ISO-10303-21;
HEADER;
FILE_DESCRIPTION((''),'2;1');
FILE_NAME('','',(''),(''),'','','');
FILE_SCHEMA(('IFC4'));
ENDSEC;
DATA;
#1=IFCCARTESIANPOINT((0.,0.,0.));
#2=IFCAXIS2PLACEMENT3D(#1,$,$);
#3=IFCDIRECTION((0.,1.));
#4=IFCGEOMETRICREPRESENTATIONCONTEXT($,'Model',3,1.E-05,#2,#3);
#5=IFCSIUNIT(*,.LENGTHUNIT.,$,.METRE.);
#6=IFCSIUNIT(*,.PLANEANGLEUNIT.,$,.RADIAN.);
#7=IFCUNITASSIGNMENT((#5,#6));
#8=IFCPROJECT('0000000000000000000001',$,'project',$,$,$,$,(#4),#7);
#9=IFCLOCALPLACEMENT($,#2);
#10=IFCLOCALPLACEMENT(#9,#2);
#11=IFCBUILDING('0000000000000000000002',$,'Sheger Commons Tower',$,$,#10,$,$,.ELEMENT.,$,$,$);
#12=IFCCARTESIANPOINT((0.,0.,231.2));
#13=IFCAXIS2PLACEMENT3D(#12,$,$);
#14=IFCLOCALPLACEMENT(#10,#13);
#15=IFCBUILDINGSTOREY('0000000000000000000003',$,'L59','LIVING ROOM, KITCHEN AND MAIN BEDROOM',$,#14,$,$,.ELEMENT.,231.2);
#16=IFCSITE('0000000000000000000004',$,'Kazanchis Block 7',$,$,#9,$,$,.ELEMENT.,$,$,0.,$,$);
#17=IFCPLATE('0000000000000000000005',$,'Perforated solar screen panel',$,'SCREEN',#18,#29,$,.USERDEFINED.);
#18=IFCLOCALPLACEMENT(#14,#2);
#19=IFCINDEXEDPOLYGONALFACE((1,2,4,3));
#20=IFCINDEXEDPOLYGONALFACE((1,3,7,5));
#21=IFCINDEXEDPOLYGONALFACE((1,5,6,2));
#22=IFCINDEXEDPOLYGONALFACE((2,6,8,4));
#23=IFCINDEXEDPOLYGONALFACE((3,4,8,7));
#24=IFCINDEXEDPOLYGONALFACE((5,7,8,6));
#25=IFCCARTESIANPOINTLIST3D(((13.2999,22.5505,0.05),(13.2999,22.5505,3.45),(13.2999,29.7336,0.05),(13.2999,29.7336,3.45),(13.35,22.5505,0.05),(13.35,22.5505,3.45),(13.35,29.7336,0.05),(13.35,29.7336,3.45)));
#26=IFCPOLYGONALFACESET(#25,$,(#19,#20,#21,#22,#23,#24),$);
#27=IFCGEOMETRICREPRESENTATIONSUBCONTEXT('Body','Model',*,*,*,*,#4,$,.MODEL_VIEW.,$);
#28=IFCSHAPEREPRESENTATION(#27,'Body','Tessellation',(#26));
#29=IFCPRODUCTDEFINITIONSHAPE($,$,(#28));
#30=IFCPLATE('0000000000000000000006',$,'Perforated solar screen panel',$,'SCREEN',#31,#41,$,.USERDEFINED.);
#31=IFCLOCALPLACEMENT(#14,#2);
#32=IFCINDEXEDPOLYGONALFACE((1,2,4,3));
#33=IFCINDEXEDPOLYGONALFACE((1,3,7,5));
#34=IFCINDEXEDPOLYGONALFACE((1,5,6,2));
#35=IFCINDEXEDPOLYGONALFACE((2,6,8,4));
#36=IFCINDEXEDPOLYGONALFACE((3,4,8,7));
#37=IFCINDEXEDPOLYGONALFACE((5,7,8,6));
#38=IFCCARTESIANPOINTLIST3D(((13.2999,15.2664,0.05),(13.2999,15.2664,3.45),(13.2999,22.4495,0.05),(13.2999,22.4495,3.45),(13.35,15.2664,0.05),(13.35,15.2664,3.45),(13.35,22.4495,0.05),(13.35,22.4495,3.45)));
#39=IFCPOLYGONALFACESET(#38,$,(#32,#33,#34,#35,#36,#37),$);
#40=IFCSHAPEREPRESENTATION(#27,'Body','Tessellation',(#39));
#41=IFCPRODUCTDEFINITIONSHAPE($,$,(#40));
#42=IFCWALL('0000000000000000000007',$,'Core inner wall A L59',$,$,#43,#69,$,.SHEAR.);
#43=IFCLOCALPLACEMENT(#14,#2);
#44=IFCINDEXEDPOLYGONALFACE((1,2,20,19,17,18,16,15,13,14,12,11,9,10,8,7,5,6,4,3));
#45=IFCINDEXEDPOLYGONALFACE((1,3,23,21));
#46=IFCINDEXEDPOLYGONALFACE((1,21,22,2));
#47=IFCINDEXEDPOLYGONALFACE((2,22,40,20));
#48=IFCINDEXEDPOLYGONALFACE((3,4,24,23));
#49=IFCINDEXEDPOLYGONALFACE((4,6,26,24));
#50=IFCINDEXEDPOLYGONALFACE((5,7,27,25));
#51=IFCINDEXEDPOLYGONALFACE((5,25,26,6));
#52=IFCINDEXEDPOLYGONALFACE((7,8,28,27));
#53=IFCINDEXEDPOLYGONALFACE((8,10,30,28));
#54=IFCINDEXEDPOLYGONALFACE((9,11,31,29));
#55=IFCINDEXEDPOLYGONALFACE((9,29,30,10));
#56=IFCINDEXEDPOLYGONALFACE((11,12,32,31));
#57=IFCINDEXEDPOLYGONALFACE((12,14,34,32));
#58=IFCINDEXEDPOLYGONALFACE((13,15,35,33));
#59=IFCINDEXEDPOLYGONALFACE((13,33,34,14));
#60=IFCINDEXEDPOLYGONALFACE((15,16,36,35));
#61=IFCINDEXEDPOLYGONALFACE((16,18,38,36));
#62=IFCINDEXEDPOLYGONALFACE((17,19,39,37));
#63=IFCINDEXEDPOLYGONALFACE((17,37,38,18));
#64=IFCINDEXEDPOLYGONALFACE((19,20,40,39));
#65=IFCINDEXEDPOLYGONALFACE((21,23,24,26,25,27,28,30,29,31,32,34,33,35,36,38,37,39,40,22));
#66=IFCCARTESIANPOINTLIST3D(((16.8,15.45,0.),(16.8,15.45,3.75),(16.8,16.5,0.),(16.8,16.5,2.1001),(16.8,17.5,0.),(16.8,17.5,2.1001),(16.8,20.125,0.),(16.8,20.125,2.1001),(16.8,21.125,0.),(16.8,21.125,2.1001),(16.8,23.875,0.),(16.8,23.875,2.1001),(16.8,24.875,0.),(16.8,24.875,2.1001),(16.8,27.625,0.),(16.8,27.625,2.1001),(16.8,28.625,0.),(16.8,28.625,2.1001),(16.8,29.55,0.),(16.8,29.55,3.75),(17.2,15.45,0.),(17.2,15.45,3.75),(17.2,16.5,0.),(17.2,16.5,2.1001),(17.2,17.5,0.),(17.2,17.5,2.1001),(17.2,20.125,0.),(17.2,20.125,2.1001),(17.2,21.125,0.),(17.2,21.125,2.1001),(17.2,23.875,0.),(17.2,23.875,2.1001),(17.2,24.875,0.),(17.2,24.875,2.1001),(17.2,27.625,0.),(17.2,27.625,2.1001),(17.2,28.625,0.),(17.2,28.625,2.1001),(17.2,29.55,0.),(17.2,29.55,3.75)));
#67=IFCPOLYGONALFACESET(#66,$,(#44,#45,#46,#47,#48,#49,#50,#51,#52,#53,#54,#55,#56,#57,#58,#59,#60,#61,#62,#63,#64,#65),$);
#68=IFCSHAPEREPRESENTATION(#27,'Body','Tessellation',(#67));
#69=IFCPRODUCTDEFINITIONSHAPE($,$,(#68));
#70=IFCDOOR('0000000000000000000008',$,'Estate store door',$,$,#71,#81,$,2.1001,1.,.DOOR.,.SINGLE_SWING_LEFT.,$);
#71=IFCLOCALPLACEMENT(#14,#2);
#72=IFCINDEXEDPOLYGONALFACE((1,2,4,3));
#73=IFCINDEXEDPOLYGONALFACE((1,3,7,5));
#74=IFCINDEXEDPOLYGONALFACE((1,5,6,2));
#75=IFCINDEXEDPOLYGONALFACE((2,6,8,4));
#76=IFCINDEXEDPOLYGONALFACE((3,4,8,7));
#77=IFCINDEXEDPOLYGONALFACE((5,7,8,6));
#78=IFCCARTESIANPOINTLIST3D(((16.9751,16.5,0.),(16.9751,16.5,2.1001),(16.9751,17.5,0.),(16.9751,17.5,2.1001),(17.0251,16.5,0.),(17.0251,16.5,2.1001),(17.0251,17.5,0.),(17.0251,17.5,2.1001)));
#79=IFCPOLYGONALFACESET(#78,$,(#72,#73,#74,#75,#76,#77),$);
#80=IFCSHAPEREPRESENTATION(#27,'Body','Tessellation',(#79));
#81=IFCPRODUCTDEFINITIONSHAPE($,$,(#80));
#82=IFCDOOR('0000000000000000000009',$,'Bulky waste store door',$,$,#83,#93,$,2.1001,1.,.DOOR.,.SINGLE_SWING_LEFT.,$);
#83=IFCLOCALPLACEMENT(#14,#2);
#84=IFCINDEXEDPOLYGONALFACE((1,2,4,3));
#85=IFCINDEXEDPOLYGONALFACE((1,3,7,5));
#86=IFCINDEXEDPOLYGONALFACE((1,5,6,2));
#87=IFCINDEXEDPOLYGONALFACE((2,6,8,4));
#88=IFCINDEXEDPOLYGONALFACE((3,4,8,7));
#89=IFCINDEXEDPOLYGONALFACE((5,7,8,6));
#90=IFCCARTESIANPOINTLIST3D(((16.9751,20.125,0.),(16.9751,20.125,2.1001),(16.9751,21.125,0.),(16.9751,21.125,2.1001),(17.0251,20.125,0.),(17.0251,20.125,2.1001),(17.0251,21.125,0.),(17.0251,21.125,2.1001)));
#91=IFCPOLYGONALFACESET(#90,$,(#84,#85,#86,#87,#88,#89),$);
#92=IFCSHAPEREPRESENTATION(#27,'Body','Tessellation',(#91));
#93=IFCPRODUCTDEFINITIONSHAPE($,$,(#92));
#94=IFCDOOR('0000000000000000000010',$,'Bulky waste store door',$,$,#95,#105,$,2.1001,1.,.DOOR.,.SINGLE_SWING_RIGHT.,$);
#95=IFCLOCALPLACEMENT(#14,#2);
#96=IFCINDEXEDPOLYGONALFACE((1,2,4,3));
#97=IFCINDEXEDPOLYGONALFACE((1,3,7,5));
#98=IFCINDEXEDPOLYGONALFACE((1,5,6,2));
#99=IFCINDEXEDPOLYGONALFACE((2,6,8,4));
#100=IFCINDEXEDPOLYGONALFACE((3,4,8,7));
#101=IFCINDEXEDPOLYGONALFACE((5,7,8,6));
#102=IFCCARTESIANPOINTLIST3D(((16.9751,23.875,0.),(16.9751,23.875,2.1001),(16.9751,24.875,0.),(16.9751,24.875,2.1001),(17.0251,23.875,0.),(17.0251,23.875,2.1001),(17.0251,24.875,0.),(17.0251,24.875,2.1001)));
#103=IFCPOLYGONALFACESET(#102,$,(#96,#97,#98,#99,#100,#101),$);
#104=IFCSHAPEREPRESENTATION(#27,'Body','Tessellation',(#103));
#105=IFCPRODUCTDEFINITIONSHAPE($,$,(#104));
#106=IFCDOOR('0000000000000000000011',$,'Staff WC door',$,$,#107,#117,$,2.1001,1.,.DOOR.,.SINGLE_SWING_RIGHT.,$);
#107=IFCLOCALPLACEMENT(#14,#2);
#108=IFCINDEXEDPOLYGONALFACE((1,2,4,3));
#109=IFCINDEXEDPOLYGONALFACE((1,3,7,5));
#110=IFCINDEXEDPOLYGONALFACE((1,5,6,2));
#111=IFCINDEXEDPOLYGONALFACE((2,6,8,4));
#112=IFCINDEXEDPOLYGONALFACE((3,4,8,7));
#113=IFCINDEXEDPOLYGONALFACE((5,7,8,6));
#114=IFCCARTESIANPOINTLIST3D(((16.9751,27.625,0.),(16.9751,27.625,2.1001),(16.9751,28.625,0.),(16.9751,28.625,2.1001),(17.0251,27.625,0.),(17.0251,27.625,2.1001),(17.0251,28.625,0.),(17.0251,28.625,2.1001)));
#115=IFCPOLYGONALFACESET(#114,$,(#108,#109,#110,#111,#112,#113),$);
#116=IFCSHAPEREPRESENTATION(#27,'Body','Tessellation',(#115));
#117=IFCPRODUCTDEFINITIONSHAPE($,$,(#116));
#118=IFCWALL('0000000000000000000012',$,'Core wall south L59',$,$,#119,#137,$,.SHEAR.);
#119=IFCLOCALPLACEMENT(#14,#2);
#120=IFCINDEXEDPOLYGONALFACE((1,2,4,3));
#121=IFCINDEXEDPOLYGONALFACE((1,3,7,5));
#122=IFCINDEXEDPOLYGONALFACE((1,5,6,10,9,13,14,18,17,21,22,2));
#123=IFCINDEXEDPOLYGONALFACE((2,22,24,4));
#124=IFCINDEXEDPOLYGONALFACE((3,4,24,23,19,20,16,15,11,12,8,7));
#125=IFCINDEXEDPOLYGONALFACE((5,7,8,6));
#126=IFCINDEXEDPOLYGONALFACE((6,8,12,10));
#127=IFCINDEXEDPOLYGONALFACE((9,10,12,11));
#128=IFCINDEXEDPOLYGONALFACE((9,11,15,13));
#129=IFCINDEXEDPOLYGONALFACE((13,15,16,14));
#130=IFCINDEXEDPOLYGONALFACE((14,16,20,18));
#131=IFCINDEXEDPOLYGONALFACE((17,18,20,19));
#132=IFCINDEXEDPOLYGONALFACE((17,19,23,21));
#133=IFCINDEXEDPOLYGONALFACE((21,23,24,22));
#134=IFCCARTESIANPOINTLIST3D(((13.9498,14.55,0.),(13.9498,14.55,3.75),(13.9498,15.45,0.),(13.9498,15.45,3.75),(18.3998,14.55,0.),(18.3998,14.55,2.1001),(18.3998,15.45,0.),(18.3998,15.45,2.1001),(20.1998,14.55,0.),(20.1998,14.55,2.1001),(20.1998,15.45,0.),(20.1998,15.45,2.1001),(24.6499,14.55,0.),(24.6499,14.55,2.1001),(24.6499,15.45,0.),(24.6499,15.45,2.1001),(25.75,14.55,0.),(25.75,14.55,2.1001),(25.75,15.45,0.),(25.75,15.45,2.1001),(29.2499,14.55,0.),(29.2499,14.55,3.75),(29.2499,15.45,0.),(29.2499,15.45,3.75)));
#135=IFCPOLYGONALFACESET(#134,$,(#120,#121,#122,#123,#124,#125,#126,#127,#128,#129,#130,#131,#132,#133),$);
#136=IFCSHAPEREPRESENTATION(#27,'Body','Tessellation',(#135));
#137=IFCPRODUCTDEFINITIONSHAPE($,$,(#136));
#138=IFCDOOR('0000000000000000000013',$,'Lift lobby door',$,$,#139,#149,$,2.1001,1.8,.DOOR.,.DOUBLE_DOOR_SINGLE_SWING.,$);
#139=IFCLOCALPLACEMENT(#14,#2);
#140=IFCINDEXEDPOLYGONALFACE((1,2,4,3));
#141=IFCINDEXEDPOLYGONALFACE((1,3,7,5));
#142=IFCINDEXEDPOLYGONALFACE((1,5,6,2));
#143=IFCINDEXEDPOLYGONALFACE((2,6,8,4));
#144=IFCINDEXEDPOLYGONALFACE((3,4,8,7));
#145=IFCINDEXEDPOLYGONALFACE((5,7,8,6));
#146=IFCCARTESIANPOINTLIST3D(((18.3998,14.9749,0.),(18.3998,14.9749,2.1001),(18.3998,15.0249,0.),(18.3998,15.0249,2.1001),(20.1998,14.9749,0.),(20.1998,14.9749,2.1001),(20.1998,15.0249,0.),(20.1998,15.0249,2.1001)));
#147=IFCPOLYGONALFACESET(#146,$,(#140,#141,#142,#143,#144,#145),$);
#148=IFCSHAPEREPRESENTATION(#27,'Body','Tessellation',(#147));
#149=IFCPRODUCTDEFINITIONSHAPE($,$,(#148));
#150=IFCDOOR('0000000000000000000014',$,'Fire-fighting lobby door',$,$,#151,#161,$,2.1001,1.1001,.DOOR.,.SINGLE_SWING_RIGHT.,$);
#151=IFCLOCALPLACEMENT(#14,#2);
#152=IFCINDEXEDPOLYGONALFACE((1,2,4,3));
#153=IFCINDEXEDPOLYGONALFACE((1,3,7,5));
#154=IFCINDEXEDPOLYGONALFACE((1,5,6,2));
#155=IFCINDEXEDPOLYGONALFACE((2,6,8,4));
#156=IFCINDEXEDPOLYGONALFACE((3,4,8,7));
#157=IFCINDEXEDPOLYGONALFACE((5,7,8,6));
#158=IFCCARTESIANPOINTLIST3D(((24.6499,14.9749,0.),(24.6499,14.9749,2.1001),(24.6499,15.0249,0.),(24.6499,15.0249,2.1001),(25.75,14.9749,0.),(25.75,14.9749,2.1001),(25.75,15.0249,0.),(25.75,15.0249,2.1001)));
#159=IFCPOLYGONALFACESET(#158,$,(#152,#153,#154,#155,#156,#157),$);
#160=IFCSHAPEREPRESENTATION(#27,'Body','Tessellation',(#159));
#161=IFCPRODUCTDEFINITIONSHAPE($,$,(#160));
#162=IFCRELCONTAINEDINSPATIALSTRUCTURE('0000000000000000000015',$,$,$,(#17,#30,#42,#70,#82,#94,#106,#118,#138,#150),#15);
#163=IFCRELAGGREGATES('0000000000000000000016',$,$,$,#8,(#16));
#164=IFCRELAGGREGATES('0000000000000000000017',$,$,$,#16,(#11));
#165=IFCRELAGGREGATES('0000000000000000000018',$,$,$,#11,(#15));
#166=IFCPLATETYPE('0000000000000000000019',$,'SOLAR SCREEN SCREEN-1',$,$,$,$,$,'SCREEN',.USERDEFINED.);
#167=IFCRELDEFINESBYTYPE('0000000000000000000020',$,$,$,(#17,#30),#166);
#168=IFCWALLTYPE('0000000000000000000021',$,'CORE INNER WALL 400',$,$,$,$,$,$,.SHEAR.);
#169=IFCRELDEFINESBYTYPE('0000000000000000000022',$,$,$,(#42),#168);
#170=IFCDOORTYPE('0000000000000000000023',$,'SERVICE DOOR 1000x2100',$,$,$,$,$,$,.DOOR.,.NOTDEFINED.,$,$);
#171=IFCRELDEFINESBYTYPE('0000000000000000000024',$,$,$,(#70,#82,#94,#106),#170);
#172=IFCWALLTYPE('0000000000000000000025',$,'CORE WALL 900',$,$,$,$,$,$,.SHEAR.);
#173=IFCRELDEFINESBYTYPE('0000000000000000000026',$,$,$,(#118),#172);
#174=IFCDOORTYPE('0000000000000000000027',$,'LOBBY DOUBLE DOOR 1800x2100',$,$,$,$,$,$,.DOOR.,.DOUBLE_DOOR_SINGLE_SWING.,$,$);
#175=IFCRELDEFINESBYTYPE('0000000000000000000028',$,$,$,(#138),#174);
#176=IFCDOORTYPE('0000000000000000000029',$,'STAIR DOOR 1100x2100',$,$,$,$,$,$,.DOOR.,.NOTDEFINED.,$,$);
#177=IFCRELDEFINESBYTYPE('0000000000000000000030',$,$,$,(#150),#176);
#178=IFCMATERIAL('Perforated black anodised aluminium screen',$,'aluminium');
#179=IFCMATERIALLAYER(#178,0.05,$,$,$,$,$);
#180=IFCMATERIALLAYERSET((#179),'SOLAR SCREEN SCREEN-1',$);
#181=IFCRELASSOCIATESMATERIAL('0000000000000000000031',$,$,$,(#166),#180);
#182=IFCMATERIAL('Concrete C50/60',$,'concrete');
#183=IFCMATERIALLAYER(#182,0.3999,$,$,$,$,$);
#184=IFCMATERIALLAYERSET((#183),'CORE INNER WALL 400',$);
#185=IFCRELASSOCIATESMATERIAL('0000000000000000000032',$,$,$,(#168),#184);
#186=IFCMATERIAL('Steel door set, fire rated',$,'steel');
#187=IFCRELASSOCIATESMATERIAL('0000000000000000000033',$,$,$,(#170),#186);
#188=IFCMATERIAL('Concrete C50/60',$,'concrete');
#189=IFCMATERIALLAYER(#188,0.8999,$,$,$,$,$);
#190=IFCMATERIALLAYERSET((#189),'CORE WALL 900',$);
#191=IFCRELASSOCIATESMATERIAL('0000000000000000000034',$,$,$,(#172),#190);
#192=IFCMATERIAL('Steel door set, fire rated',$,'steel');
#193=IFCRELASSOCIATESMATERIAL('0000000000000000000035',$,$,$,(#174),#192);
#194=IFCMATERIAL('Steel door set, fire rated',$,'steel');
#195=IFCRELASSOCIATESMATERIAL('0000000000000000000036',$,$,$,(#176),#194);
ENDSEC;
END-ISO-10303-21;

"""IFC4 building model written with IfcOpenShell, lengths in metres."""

from ifc_helpers import new_model, si_unit, direction, frame, frame_2d, origin, origin_2d, place, context, subcontext, project, spatial, rectangle, extrude, material, layer, layer_set, type_object, element, fill, save


model = new_model("IFC4")

# Units and contexts
model_context = context("Model", 3, precision=1e-05, world=origin(), true_north=direction((0.0, 1.0)))
body_context = subcontext(model_context, "Body", "Model", "MODEL_VIEW")
ifc_project = project(units=[si_unit("LENGTHUNIT", "METRE"), si_unit("PLANEANGLEUNIT", "RADIAN")], contexts=[model_context])

# Site, building, storey
site_placement = place(None, origin())
site = spatial("IfcSite", under=ifc_project, at=site_placement, Name="Kazanchis Block 7", CompositionType="ELEMENT", RefElevation=0.0)
building_placement = place(site_placement, origin())
building = spatial("IfcBuilding", under=site, at=building_placement, Name="Sheger Commons Tower", CompositionType="ELEMENT")
storey_placement = place(building_placement, frame((0.0, 0.0, 231.2)))
storey = spatial("IfcBuildingStorey", under=building, at=storey_placement, Name="L59", Description="LIVING ROOM, KITCHEN AND MAIN BEDROOM", CompositionType="ELEMENT", Elevation=231.2)

# Plates
ifc_material_1 = material(Name="Perforated black anodised aluminium screen", Category="aluminium")
ifc_layer_1 = layer(ifc_material_1, 0.05)
ifc_layer_set_1 = layer_set([ifc_layer_1], Name="SOLAR SCREEN SCREEN-1")
plate_type = type_object("IfcPlateType", Name="SOLAR SCREEN SCREEN-1", ElementType="SCREEN", PredefinedType="USERDEFINED", material=ifc_layer_set_1)
for number, where, z_axis, x_axis, name in (
    (1, (13.325, 26.1421, 0.05), (0.0, 0.0, 1.0), (0.0, -1.0, 0.0), "Perforated solar screen panel"),
    (2, (13.325, 18.8579, 0.05), (0.0, 0.0, 1.0), (0.0, -1.0, 0.0), "Perforated solar screen panel"),
):
    element("IfcPlate", number, at=place(storey_placement, frame(where, z_axis=z_axis, x_axis=x_axis)), inside=storey, type_object=plate_type, Name=name, ObjectType="SCREEN", PredefinedType="USERDEFINED", context=body_context, shape_type="SweptSolid", body=[
        extrude(rectangle(XDim=7.1831, YDim=0.05, at=origin_2d()), origin(), (0.0, 0.0, 1.0), 3.3999),
    ])

# Walls, openings, doors
ifc_material_2 = material(Name="Concrete C50/60", Category="concrete")
ifc_layer_2 = layer(ifc_material_2, 0.3999)
ifc_layer_set_2 = layer_set([ifc_layer_2], Name="CORE INNER WALL 400")
wall_type_1 = type_object("IfcWallType", Name="CORE INNER WALL 400", PredefinedType="SHEAR", material=ifc_layer_set_2)
wall_1_placement = place(storey_placement, frame((17.0, 15.45, 0.0), z_axis=(0.0, 0.0, 1.0), x_axis=(0.0, 1.0, 0.0)))
wall_1 = element("IfcWall", 3, at=wall_1_placement, inside=storey, type_object=wall_type_1, Name="Core inner wall A L59", PredefinedType="SHEAR", context=body_context, shape_type="SweptSolid", body=[
    extrude(rectangle(XDim=14.1001, YDim=0.3999, at=frame_2d((7.05, 0.0))), origin(), (0.0, 0.0, 1.0), 3.75),
])
opening_1_placement = place(wall_1_placement, frame((1.05, 0.0, 0.0)))
opening_1 = element("IfcOpeningElement", 4, at=opening_1_placement, cuts=wall_1, PredefinedType="OPENING", context=body_context, shape_type="SweptSolid", body=[
    extrude(rectangle(XDim=1.0, YDim=2.1001, at=frame_2d((0.5, 1.05))), frame((0.0, 0.21, 0.0), z_axis=(0.0, -1.0, 0.0), x_axis=(1.0, 0.0, 0.0)), (0.0, 0.0, 1.0), 0.4199),
])
opening_2_placement = place(wall_1_placement, frame((4.675, 0.0, 0.0)))
opening_2 = element("IfcOpeningElement", 5, at=opening_2_placement, cuts=wall_1, PredefinedType="OPENING", context=body_context, shape_type="SweptSolid", body=[
    extrude(rectangle(XDim=1.0, YDim=2.1001, at=frame_2d((0.5, 1.05))), frame((0.0, 0.21, 0.0), z_axis=(0.0, -1.0, 0.0), x_axis=(1.0, 0.0, 0.0)), (0.0, 0.0, 1.0), 0.4199),
])
opening_3_placement = place(wall_1_placement, frame((8.425, 0.0, 0.0)))
opening_3 = element("IfcOpeningElement", 6, at=opening_3_placement, cuts=wall_1, PredefinedType="OPENING", context=body_context, shape_type="SweptSolid", body=[
    extrude(rectangle(XDim=1.0, YDim=2.1001, at=frame_2d((0.5, 1.05))), frame((0.0, 0.21, 0.0), z_axis=(0.0, -1.0, 0.0), x_axis=(1.0, 0.0, 0.0)), (0.0, 0.0, 1.0), 0.4199),
])
opening_4_placement = place(wall_1_placement, frame((12.175, 0.0, 0.0)))
opening_4 = element("IfcOpeningElement", 7, at=opening_4_placement, cuts=wall_1, PredefinedType="OPENING", context=body_context, shape_type="SweptSolid", body=[
    extrude(rectangle(XDim=1.0, YDim=2.1001, at=frame_2d((0.5, 1.05))), frame((0.0, 0.21, 0.0), z_axis=(0.0, -1.0, 0.0), x_axis=(1.0, 0.0, 0.0)), (0.0, 0.0, 1.0), 0.4199),
])
ifc_material_3 = material(Name="Steel door set, fire rated", Category="steel")
door_type_1 = type_object("IfcDoorType", Name="SERVICE DOOR 1000x2100", OperationType="NOTDEFINED", PredefinedType="DOOR", material=ifc_material_3)
door_1_placement = place(opening_1_placement, origin())
door_1 = element("IfcDoor", 8, at=door_1_placement, inside=storey, type_object=door_type_1, Name="Estate store door", OperationType="SINGLE_SWING_LEFT", OverallHeight=2.1001, OverallWidth=1.0, PredefinedType="DOOR", context=body_context, shape_type="SweptSolid", body=[
    extrude(rectangle(XDim=1.0, YDim=2.1001, at=frame_2d((0.5, 1.05))), frame((0.0, 0.0249, 0.0), z_axis=(0.0, -1.0, 0.0), x_axis=(1.0, 0.0, 0.0)), (0.0, 0.0, 1.0), 0.05),
])
fill(opening_1, door_1)
door_2_placement = place(opening_2_placement, origin())
door_2 = element("IfcDoor", 9, at=door_2_placement, inside=storey, type_object=door_type_1, Name="Bulky waste store door", OperationType="SINGLE_SWING_LEFT", OverallHeight=2.1001, OverallWidth=1.0, PredefinedType="DOOR", context=body_context, shape_type="SweptSolid", body=[
    extrude(rectangle(XDim=1.0, YDim=2.1001, at=frame_2d((0.5, 1.05))), frame((0.0, 0.0249, 0.0), z_axis=(0.0, -1.0, 0.0), x_axis=(1.0, 0.0, 0.0)), (0.0, 0.0, 1.0), 0.05),
])
fill(opening_2, door_2)
door_3_placement = place(opening_3_placement, origin())
door_3 = element("IfcDoor", 10, at=door_3_placement, inside=storey, type_object=door_type_1, Name="Bulky waste store door", OperationType="SINGLE_SWING_RIGHT", OverallHeight=2.1001, OverallWidth=1.0, PredefinedType="DOOR", context=body_context, shape_type="SweptSolid", body=[
    extrude(rectangle(XDim=1.0, YDim=2.1001, at=frame_2d((0.5, 1.05))), frame((0.0, 0.0249, 0.0), z_axis=(0.0, -1.0, 0.0), x_axis=(1.0, 0.0, 0.0)), (0.0, 0.0, 1.0), 0.05),
])
fill(opening_3, door_3)
door_4_placement = place(opening_4_placement, origin())
door_4 = element("IfcDoor", 11, at=door_4_placement, inside=storey, type_object=door_type_1, Name="Staff WC door", OperationType="SINGLE_SWING_RIGHT", OverallHeight=2.1001, OverallWidth=1.0, PredefinedType="DOOR", context=body_context, shape_type="SweptSolid", body=[
    extrude(rectangle(XDim=1.0, YDim=2.1001, at=frame_2d((0.5, 1.05))), frame((0.0, 0.0249, 0.0), z_axis=(0.0, -1.0, 0.0), x_axis=(1.0, 0.0, 0.0)), (0.0, 0.0, 1.0), 0.05),
])
fill(opening_4, door_4)
ifc_material_4 = material(Name="Concrete C50/60", Category="concrete")
ifc_layer_3 = layer(ifc_material_4, 0.8999)
ifc_layer_set_3 = layer_set([ifc_layer_3], Name="CORE WALL 900")
wall_type_2 = type_object("IfcWallType", Name="CORE WALL 900", PredefinedType="SHEAR", material=ifc_layer_set_3)
wall_2_placement = place(storey_placement, frame((13.95, 15.0, 0.0), z_axis=(0.0, 0.0, 1.0), x_axis=(1.0, 0.0, 0.0)))
wall_2 = element("IfcWall", 12, at=wall_2_placement, inside=storey, type_object=wall_type_2, Name="Core wall south L59", PredefinedType="SHEAR", context=body_context, shape_type="SweptSolid", body=[
    extrude(rectangle(XDim=15.3, YDim=0.8999, at=frame_2d((7.6499, 0.0))), origin(), (0.0, 0.0, 1.0), 3.75),
])
opening_5_placement = place(wall_2_placement, frame((4.45, 0.0, 0.0)))
opening_5 = element("IfcOpeningElement", 13, at=opening_5_placement, cuts=wall_2, PredefinedType="OPENING", context=body_context, shape_type="SweptSolid", body=[
    extrude(rectangle(XDim=1.8, YDim=2.1001, at=frame_2d((0.8999, 1.05))), frame((0.0, 0.46, 0.0), z_axis=(0.0, -1.0, 0.0), x_axis=(1.0, 0.0, 0.0)), (0.0, 0.0, 1.0), 0.9199),
])
opening_6_placement = place(wall_2_placement, frame((10.7, 0.0, 0.0)))
opening_6 = element("IfcOpeningElement", 14, at=opening_6_placement, cuts=wall_2, PredefinedType="OPENING", context=body_context, shape_type="SweptSolid", body=[
    extrude(rectangle(XDim=1.1001, YDim=2.1001, at=frame_2d((0.55, 1.05))), frame((0.0, 0.46, 0.0), z_axis=(0.0, -1.0, 0.0), x_axis=(1.0, 0.0, 0.0)), (0.0, 0.0, 1.0), 0.9199),
])
ifc_material_5 = material(Name="Steel door set, fire rated", Category="steel")
door_type_2 = type_object("IfcDoorType", Name="LOBBY DOUBLE DOOR 1800x2100", OperationType="DOUBLE_DOOR_SINGLE_SWING", PredefinedType="DOOR", material=ifc_material_5)
door_5_placement = place(opening_5_placement, origin())
door_5 = element("IfcDoor", 15, at=door_5_placement, inside=storey, type_object=door_type_2, Name="Lift lobby door", OperationType="DOUBLE_DOOR_SINGLE_SWING", OverallHeight=2.1001, OverallWidth=1.8, PredefinedType="DOOR", context=body_context, shape_type="SweptSolid", body=[
    extrude(rectangle(XDim=1.8, YDim=2.1001, at=frame_2d((0.8999, 1.05))), frame((0.0, 0.0249, 0.0), z_axis=(0.0, -1.0, 0.0), x_axis=(1.0, 0.0, 0.0)), (0.0, 0.0, 1.0), 0.05),
])
fill(opening_5, door_5)
ifc_material_6 = material(Name="Steel door set, fire rated", Category="steel")
door_type_3 = type_object("IfcDoorType", Name="STAIR DOOR 1100x2100", OperationType="NOTDEFINED", PredefinedType="DOOR", material=ifc_material_6)
door_6_placement = place(opening_6_placement, origin())
door_6 = element("IfcDoor", 16, at=door_6_placement, inside=storey, type_object=door_type_3, Name="Fire-fighting lobby door", OperationType="SINGLE_SWING_RIGHT", OverallHeight=2.1001, OverallWidth=1.1001, PredefinedType="DOOR", context=body_context, shape_type="SweptSolid", body=[
    extrude(rectangle(XDim=1.1001, YDim=2.1001, at=frame_2d((0.55, 1.05))), frame((0.0, 0.0249, 0.0), z_axis=(0.0, -1.0, 0.0), x_axis=(1.0, 0.0, 0.0)), (0.0, 0.0, 1.0), 0.05),
])
fill(opening_6, door_6)

save(model, "model.ifc")
